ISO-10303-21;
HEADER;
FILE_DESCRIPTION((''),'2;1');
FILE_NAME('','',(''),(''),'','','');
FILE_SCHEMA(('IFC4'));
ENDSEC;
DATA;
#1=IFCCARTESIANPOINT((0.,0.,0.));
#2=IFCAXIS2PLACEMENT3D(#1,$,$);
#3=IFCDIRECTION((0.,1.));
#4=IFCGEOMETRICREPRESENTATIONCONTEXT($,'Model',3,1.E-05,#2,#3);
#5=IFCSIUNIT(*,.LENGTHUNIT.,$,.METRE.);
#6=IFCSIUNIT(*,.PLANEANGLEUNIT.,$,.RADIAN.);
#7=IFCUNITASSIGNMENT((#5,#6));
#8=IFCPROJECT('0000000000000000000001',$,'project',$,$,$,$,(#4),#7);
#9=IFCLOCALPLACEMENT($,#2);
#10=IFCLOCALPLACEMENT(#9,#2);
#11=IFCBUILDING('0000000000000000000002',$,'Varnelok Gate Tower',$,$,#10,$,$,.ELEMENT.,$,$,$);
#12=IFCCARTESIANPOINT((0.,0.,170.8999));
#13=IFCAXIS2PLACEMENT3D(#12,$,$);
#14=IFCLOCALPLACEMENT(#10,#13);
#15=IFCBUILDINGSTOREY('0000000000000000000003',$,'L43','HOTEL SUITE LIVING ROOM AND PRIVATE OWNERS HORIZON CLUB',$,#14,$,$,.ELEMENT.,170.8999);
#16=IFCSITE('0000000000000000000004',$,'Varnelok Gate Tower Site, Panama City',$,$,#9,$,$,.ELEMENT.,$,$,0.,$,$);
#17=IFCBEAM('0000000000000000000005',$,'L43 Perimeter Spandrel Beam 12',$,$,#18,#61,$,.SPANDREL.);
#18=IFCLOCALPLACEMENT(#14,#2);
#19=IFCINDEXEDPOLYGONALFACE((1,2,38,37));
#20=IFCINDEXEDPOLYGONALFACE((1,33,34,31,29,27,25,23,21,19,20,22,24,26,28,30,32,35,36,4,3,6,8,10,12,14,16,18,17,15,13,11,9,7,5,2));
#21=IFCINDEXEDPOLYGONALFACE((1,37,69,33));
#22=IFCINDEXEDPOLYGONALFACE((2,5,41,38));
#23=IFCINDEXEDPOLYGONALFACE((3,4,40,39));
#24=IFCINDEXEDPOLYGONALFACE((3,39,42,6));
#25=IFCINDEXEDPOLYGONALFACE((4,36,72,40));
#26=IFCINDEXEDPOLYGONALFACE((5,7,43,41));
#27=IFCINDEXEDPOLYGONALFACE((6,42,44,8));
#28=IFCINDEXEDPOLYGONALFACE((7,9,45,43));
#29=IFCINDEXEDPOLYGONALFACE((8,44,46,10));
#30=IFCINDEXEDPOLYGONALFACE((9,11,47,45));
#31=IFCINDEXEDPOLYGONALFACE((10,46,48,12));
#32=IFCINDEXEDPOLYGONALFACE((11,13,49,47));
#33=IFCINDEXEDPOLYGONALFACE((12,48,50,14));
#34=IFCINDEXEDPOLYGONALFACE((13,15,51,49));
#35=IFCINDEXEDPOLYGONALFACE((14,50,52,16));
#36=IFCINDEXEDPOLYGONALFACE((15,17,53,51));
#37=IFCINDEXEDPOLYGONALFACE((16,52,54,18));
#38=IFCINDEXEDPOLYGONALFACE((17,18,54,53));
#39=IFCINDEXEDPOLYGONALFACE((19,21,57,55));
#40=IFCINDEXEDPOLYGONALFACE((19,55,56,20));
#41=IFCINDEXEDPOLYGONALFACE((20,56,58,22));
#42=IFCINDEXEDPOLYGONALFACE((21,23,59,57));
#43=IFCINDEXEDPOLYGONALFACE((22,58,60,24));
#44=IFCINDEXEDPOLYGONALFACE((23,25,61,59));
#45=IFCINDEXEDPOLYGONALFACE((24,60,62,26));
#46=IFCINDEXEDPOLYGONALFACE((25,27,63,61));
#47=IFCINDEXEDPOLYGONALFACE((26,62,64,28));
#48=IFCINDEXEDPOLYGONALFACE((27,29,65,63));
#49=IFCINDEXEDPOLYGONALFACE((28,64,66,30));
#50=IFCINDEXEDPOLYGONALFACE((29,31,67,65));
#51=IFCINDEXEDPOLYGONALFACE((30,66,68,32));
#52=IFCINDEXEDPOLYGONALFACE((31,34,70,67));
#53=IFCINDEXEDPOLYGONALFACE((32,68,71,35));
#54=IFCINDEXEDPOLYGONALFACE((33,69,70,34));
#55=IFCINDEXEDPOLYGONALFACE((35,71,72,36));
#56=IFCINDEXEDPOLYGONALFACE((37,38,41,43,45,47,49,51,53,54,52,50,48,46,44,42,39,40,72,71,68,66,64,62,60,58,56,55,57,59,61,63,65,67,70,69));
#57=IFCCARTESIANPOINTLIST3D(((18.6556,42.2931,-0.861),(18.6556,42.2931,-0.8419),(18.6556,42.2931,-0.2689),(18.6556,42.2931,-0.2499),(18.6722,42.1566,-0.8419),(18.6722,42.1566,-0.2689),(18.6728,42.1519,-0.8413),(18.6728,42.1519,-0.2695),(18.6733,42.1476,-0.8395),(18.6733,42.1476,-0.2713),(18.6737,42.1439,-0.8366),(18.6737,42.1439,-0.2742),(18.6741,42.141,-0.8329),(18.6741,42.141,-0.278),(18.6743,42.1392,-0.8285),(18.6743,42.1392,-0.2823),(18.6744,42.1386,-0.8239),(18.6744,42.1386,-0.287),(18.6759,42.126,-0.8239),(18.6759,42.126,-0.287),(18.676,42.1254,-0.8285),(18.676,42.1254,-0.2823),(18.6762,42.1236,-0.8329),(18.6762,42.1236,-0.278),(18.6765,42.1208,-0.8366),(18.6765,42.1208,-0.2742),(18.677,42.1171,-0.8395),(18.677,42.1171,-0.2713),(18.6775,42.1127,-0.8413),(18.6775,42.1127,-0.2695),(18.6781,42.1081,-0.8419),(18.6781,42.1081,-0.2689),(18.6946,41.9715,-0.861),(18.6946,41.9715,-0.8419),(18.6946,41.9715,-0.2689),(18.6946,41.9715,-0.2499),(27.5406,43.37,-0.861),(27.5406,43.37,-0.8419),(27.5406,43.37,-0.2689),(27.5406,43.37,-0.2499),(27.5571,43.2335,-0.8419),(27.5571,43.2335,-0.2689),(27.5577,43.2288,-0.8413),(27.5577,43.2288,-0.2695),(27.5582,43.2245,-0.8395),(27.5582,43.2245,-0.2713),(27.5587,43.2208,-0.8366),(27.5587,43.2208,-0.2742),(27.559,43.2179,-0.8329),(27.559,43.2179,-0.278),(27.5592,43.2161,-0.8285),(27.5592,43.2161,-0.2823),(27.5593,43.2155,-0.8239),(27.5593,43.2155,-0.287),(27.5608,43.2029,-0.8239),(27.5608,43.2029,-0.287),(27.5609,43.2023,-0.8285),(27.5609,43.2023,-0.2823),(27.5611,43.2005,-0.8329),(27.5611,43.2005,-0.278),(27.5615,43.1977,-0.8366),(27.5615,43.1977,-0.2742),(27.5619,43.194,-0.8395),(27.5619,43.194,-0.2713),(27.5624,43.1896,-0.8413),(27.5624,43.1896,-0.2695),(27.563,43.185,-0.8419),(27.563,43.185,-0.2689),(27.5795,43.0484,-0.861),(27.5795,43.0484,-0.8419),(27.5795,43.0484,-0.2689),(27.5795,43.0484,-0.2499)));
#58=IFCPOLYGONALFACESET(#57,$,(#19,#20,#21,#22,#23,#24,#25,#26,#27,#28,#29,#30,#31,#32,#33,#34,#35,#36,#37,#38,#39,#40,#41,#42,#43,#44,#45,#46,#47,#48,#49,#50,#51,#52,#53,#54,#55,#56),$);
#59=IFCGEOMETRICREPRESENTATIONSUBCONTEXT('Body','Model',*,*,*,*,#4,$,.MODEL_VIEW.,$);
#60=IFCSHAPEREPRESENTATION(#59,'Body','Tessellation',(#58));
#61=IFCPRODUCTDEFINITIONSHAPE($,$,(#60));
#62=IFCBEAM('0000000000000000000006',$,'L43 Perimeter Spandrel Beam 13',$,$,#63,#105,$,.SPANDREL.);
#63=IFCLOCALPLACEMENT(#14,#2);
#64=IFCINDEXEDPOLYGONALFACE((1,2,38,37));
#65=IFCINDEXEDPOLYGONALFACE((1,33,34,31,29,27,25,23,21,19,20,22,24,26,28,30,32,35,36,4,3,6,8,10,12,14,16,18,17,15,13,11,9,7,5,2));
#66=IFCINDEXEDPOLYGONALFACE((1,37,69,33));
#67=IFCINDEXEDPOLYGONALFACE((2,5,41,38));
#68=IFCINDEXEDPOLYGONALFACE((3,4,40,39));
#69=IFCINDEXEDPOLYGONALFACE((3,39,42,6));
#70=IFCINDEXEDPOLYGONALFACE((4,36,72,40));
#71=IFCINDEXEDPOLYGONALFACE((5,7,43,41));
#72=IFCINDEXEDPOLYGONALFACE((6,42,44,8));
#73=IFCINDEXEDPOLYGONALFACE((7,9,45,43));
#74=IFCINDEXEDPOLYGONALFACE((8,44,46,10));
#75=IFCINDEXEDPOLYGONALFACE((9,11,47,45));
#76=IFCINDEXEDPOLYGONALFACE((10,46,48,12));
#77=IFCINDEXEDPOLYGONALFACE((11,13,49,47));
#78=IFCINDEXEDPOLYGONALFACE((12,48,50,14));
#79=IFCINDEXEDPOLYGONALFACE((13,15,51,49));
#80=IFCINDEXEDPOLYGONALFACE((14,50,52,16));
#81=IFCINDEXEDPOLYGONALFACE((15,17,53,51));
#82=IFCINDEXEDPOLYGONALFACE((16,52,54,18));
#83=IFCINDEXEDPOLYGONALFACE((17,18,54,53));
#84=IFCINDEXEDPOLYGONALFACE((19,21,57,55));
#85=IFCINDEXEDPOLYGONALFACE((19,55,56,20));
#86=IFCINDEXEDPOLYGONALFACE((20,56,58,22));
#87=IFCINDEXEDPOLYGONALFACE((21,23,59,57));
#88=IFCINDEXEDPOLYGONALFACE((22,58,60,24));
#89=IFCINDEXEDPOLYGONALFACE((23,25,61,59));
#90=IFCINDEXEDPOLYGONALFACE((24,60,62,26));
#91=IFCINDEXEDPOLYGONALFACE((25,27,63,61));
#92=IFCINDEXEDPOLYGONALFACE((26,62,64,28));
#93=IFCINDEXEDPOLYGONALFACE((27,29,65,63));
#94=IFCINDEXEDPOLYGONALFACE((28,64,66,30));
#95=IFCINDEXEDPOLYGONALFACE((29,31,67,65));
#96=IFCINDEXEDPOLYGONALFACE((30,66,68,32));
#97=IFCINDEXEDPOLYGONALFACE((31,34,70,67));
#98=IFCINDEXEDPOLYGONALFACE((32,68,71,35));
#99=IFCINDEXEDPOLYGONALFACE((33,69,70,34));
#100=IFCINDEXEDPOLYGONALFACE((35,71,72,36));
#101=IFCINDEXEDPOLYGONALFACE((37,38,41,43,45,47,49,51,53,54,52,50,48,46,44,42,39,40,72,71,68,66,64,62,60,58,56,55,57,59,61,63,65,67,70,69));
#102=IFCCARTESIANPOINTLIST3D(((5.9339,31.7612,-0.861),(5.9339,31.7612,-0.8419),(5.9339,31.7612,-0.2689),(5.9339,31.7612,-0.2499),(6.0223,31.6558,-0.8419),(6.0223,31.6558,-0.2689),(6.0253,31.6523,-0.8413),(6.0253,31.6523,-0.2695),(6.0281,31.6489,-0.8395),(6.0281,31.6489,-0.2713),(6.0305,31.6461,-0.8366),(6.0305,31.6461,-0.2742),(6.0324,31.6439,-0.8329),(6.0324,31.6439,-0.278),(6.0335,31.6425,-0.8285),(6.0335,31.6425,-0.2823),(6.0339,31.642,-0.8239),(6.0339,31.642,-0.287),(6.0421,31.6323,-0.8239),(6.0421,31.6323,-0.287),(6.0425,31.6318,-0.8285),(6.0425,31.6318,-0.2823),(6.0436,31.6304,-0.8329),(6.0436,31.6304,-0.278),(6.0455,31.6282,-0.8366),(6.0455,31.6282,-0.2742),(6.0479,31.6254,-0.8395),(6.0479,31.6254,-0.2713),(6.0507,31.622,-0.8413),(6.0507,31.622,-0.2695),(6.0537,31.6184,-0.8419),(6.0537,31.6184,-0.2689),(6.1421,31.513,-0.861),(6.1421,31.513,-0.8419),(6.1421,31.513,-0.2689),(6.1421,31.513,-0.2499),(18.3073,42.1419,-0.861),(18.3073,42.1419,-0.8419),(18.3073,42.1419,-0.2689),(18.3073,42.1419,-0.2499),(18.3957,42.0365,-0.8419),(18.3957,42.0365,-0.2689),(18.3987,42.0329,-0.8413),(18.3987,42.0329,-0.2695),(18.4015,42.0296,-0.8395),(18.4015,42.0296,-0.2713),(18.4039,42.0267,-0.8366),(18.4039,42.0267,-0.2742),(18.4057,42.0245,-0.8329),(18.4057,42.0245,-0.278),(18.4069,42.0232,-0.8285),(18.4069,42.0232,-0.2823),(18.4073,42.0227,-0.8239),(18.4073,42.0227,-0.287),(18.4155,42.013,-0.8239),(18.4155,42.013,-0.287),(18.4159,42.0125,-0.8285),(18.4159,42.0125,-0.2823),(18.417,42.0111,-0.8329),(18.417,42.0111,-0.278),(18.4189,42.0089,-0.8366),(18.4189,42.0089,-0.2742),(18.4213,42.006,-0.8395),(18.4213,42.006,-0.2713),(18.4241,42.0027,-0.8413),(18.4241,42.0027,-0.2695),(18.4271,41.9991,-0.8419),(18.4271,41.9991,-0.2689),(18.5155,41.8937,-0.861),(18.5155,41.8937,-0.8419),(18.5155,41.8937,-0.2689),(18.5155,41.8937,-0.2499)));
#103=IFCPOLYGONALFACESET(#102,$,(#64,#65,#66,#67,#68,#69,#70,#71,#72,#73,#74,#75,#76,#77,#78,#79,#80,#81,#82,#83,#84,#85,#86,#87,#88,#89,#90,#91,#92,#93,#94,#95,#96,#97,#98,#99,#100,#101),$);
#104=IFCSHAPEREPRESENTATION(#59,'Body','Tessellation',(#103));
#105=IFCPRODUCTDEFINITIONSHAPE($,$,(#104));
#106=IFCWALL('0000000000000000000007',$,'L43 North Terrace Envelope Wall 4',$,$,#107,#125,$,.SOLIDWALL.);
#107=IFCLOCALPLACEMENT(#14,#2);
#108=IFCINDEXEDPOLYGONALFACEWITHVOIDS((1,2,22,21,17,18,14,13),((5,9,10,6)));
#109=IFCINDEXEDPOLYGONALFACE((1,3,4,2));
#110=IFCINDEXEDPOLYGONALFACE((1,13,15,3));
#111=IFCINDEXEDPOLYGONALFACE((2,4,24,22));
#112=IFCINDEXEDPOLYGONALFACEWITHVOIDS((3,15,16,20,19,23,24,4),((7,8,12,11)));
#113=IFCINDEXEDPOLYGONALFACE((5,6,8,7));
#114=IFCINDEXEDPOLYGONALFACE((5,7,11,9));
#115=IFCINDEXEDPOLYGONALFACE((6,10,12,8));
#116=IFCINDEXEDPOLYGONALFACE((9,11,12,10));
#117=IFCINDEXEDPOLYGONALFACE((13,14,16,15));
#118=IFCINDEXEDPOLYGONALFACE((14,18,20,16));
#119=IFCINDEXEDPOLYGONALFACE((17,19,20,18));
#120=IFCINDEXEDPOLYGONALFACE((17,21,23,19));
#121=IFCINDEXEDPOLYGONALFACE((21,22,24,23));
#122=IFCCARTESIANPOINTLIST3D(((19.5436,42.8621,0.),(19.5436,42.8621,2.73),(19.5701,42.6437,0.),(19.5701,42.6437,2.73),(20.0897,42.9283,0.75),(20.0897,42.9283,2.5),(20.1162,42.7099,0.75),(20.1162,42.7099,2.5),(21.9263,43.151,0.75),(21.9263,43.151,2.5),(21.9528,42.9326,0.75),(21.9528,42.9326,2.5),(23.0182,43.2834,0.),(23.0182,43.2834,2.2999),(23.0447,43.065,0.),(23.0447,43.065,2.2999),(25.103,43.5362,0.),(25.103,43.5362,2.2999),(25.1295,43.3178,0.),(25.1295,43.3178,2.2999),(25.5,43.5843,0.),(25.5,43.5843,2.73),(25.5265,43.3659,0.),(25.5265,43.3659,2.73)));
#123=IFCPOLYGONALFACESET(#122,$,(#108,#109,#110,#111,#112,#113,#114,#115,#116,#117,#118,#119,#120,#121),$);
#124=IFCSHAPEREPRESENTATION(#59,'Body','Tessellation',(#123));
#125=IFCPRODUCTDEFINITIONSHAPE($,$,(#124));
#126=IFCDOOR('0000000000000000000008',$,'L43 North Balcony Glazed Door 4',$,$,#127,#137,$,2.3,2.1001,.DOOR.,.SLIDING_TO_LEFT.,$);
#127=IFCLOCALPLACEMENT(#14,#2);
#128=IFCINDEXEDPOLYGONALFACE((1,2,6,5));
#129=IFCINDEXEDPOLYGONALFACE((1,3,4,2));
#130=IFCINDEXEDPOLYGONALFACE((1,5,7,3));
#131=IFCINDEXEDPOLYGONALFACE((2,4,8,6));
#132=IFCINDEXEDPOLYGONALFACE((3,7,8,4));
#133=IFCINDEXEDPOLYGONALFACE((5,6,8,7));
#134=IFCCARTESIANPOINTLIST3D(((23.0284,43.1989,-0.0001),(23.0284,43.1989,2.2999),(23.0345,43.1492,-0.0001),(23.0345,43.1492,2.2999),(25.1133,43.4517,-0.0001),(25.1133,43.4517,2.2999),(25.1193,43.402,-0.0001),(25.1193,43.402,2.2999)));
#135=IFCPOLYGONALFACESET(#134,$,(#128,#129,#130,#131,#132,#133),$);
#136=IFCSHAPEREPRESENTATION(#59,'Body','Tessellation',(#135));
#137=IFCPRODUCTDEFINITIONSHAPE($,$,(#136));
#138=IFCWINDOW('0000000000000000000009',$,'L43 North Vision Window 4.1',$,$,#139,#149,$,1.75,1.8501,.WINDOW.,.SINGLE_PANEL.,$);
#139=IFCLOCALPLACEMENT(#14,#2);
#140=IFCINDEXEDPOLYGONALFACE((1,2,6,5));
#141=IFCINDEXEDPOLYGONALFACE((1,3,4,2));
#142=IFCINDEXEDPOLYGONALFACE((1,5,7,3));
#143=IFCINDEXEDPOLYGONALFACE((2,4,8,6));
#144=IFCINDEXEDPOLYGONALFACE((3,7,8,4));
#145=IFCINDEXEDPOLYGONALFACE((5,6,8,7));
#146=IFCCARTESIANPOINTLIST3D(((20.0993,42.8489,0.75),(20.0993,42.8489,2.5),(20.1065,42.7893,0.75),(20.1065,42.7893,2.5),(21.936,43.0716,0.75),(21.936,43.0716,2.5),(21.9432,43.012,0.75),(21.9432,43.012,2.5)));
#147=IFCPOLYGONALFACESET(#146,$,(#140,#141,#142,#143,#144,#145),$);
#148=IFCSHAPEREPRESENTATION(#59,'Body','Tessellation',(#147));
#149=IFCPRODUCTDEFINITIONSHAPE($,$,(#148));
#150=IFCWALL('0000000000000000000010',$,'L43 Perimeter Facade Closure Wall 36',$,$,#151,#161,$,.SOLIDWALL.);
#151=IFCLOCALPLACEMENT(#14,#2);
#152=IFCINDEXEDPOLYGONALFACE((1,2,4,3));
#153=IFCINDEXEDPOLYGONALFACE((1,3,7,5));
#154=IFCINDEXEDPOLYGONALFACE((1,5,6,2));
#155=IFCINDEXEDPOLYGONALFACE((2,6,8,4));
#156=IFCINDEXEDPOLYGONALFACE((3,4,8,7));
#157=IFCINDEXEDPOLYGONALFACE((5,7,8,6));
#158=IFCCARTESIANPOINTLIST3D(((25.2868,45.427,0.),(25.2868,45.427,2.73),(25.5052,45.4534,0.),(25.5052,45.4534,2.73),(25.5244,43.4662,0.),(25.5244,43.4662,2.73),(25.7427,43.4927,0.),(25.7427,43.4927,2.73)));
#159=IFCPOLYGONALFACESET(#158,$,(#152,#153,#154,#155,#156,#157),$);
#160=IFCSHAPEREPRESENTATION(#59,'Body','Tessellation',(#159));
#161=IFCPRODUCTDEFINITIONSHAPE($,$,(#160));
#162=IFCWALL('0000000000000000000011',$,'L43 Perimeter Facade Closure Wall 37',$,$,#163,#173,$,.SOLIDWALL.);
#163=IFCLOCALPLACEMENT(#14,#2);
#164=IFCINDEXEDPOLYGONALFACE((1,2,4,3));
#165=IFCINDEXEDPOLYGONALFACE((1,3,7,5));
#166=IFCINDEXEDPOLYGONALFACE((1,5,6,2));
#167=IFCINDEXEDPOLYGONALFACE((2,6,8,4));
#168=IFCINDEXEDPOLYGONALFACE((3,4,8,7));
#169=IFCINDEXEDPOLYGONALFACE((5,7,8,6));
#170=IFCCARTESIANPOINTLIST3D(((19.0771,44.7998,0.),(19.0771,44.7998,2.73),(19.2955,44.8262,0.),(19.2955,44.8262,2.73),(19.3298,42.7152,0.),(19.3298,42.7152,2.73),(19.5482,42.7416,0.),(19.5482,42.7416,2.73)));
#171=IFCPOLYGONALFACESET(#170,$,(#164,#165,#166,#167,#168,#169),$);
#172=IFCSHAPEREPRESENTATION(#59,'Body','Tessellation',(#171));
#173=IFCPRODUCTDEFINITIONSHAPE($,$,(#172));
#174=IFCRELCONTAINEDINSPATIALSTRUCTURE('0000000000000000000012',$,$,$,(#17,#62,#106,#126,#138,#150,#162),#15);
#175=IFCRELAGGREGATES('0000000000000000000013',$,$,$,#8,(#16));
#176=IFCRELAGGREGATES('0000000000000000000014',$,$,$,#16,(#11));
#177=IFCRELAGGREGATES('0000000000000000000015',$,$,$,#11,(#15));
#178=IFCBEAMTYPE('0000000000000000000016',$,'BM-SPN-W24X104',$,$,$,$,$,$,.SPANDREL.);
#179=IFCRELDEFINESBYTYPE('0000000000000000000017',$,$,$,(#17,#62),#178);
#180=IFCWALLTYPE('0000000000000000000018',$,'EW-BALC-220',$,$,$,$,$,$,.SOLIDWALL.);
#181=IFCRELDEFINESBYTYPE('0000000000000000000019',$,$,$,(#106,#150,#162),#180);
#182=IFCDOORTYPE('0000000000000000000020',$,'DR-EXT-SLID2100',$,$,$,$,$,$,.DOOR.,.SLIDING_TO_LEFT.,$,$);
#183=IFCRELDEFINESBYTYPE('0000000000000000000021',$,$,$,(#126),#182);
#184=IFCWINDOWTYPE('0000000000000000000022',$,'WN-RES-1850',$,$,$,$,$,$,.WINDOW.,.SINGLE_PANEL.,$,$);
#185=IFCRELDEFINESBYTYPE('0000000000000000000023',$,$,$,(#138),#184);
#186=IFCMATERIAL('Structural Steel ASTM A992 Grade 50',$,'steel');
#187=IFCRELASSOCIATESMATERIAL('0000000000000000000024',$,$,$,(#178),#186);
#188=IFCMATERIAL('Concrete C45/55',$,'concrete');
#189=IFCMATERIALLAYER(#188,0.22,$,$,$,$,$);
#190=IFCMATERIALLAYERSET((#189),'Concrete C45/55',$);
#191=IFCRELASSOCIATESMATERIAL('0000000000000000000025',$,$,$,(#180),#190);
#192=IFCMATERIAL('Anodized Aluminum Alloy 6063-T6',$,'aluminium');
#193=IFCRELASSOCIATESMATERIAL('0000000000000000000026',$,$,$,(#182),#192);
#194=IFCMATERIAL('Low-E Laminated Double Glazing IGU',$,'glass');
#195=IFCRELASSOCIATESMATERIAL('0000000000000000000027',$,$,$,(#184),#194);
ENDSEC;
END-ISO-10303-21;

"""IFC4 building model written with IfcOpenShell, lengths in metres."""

from ifc_helpers import new_model, si_unit, direction, frame, frame_2d, origin, origin_2d, place, context, subcontext, project, spatial, rectangle, i_section, extrude, material, layer, layer_set, material_profile, profile_set, type_object, element, fill, save


model = new_model("IFC4")

# Units and contexts
model_context = context("Model", 3, precision=1e-05, world=origin(), true_north=direction((0.0, 1.0)))
body_context = subcontext(model_context, "Body", "Model", "MODEL_VIEW")
ifc_project = project(units=[si_unit("LENGTHUNIT", "METRE"), si_unit("PLANEANGLEUNIT", "RADIAN")], contexts=[model_context])

# Site, building, storey
site_placement = place(None, origin())
site = spatial("IfcSite", under=ifc_project, at=site_placement, Name="Varnelok Gate Tower Site, Panama City", CompositionType="ELEMENT", RefElevation=0.0)
building_placement = place(site_placement, origin())
building = spatial("IfcBuilding", under=site, at=building_placement, Name="Varnelok Gate Tower", CompositionType="ELEMENT")
storey_placement = place(building_placement, frame((0.0, 0.0, 170.8999)))
storey = spatial("IfcBuildingStorey", under=building, at=storey_placement, Name="L43", Description="HOTEL SUITE LIVING ROOM AND PRIVATE OWNERS HORIZON CLUB", CompositionType="ELEMENT", Elevation=170.8999)

# Shared definitions
ifc_material_1 = material(Name="Structural Steel ASTM A992 Grade 50", Category="steel")

# Beams
ifc_material_profile_1 = material_profile(ifc_material_1, i_section(OverallWidth=0.324, OverallDepth=0.6111, WebThickness=0.0127, FlangeThickness=0.019, FilletRadius=0.0181, at=origin_2d()), Name="W24X104")
ifc_profile_set_1 = profile_set([ifc_material_profile_1], Name="Structural Steel ASTM A992 Grade 50")
beam_type_1 = type_object("IfcBeamType", Name="BM-SPN-W24X104", PredefinedType="SPANDREL", material=ifc_profile_set_1)
beam_1_placement = place(storey_placement, frame((27.5601, 43.2092, -0.5554), z_axis=(-0.992735, -0.120324, 0.0), x_axis=(0.120324, -0.992735, 0.0)))
element("IfcBeam", 1, at=beam_1_placement, inside=storey, type_object=beam_type_1, Name="L43 Perimeter Spandrel Beam 12", PredefinedType="SPANDREL", context=body_context, shape_type="SweptSolid", body=[
    extrude(i_section(OverallWidth=0.324, OverallDepth=0.6111, WebThickness=0.0127, FlangeThickness=0.019, FilletRadius=0.0181, at=origin_2d()), origin(), (0.0, 0.0, 1.0), 8.95),
])
beam_2_placement = place(storey_placement, frame((18.4114, 42.0178, -0.5554), z_axis=(-0.7661, -0.642722, 0.0), x_axis=(0.642722, -0.7661, 0.0)))
element("IfcBeam", 2, at=beam_2_placement, inside=storey, type_object=beam_type_1, Name="L43 Perimeter Spandrel Beam 13", PredefinedType="SPANDREL", context=body_context, shape_type="SweptSolid", body=[
    extrude(i_section(OverallWidth=0.324, OverallDepth=0.6111, WebThickness=0.0127, FlangeThickness=0.019, FilletRadius=0.0181, at=origin_2d()), origin(), (0.0, 0.0, 1.0), 16.1511),
])

# Wall, openings, door, window
ifc_material_2 = material(Name="Concrete C45/55", Category="concrete")
ifc_layer_1 = layer(ifc_material_2, 0.22)
ifc_layer_set_1 = layer_set([ifc_layer_1], Name="Concrete C45/55")
wall_type_1 = type_object("IfcWallType", Name="EW-BALC-220", PredefinedType="SOLIDWALL", material=ifc_layer_set_1)
wall_1_placement = place(storey_placement, frame((19.5569, 42.7529, 0.0), z_axis=(0.0, 0.0, 1.0), x_axis=(0.99273, 0.120363, 0.0)))
wall_1 = element("IfcWall", 3, at=wall_1_placement, inside=storey, type_object=wall_type_1, Name="L43 North Terrace Envelope Wall 4", PredefinedType="SOLIDWALL", context=body_context, shape_type="SweptSolid", body=[
    extrude(rectangle(XDim=6.0, YDim=0.22, at=frame_2d((3.0, 0.0))), origin(), (0.0, 0.0, 1.0), 2.73),
])
opening_1_placement = place(wall_1_placement, frame((3.5, 0.0, 0.0)))
opening_1 = element("IfcOpeningElement", 4, at=opening_1_placement, cuts=wall_1, PredefinedType="OPENING", context=body_context, shape_type="SweptSolid", body=[
    extrude(rectangle(XDim=2.1001, YDim=2.3, at=frame_2d((1.05, 1.1499))), frame((0.0, 0.1199, 0.0), z_axis=(0.0, -1.0, 0.0), x_axis=(1.0, 0.0, 0.0)), (0.0, 0.0, 1.0), 0.24),
])
opening_2_placement = place(wall_1_placement, frame((0.55, 0.0, 0.75)))
opening_2 = element("IfcOpeningElement", 5, at=opening_2_placement, cuts=wall_1, PredefinedType="OPENING", context=body_context, shape_type="SweptSolid", body=[
    extrude(rectangle(XDim=1.8501, YDim=1.75, at=frame_2d((0.925, 0.875))), frame((0.0, 0.1199, 0.0), z_axis=(0.0, -1.0, 0.0), x_axis=(1.0, 0.0, 0.0)), (0.0, 0.0, 1.0), 0.24),
])
ifc_material_3 = material(Name="Anodized Aluminum Alloy 6063-T6", Category="aluminium")
door_type_1 = type_object("IfcDoorType", Name="DR-EXT-SLID2100", OperationType="SLIDING_TO_LEFT", PredefinedType="DOOR", material=ifc_material_3)
door_1_placement = place(opening_1_placement, origin())
door_1 = element("IfcDoor", 6, at=door_1_placement, inside=storey, type_object=door_type_1, Name="L43 North Balcony Glazed Door 4", OperationType="SLIDING_TO_LEFT", OverallHeight=2.3, OverallWidth=2.1001, PredefinedType="DOOR", context=body_context, shape_type="SweptSolid", body=[
    extrude(rectangle(XDim=2.1001, YDim=2.3, at=frame_2d((1.05, 1.1499))), frame((0.0, 0.0249, 0.0), z_axis=(0.0, -1.0, 0.0), x_axis=(1.0, 0.0, 0.0)), (0.0, 0.0, 1.0), 0.05),
])
fill(opening_1, door_1)
ifc_material_4 = material(Name="Low-E Laminated Double Glazing IGU", Category="glass")
window_type_1 = type_object("IfcWindowType", Name="WN-RES-1850", PartitioningType="SINGLE_PANEL", PredefinedType="WINDOW", material=ifc_material_4)
window_1_placement = place(opening_2_placement, origin())
window_1 = element("IfcWindow", 7, at=window_1_placement, inside=storey, type_object=window_type_1, Name="L43 North Vision Window 4.1", OverallHeight=1.75, OverallWidth=1.8501, PartitioningType="SINGLE_PANEL", PredefinedType="WINDOW", context=body_context, shape_type="SweptSolid", body=[
    extrude(rectangle(XDim=1.8501, YDim=1.75, at=frame_2d((0.925, 0.875))), frame((0.0, 0.03, 0.0), z_axis=(0.0, -1.0, 0.0), x_axis=(1.0, 0.0, 0.0)), (0.0, 0.0, 1.0), 0.0601),
])
fill(opening_2, window_1)

# Walls
wall_2_placement = place(storey_placement, frame((25.396, 45.4402, 0.0), z_axis=(0.0, 0.0, 1.0), x_axis=(0.120276, -0.99274, 0.0)))
element("IfcWall", 8, at=wall_2_placement, inside=storey, type_object=wall_type_1, Name="L43 Perimeter Facade Closure Wall 36", PredefinedType="SOLIDWALL", context=body_context, shape_type="SweptSolid", body=[
    extrude(rectangle(XDim=1.9751, YDim=0.22, at=frame_2d((0.9875, 0.0))), origin(), (0.0, 0.0, 1.0), 2.73),
])
wall_3_placement = place(storey_placement, frame((19.439, 42.7285, 0.0), z_axis=(0.0, 0.0, 1.0), x_axis=(-0.120328, 0.992734, 0.0)))
element("IfcWall", 9, at=wall_3_placement, inside=storey, type_object=wall_type_1, Name="L43 Perimeter Facade Closure Wall 37", PredefinedType="SOLIDWALL", context=body_context, shape_type="SweptSolid", body=[
    extrude(rectangle(XDim=2.0999, YDim=0.22, at=frame_2d((1.0498, 0.0))), origin(), (0.0, 0.0, 1.0), 2.73),
])

save(model, "model.ifc")
